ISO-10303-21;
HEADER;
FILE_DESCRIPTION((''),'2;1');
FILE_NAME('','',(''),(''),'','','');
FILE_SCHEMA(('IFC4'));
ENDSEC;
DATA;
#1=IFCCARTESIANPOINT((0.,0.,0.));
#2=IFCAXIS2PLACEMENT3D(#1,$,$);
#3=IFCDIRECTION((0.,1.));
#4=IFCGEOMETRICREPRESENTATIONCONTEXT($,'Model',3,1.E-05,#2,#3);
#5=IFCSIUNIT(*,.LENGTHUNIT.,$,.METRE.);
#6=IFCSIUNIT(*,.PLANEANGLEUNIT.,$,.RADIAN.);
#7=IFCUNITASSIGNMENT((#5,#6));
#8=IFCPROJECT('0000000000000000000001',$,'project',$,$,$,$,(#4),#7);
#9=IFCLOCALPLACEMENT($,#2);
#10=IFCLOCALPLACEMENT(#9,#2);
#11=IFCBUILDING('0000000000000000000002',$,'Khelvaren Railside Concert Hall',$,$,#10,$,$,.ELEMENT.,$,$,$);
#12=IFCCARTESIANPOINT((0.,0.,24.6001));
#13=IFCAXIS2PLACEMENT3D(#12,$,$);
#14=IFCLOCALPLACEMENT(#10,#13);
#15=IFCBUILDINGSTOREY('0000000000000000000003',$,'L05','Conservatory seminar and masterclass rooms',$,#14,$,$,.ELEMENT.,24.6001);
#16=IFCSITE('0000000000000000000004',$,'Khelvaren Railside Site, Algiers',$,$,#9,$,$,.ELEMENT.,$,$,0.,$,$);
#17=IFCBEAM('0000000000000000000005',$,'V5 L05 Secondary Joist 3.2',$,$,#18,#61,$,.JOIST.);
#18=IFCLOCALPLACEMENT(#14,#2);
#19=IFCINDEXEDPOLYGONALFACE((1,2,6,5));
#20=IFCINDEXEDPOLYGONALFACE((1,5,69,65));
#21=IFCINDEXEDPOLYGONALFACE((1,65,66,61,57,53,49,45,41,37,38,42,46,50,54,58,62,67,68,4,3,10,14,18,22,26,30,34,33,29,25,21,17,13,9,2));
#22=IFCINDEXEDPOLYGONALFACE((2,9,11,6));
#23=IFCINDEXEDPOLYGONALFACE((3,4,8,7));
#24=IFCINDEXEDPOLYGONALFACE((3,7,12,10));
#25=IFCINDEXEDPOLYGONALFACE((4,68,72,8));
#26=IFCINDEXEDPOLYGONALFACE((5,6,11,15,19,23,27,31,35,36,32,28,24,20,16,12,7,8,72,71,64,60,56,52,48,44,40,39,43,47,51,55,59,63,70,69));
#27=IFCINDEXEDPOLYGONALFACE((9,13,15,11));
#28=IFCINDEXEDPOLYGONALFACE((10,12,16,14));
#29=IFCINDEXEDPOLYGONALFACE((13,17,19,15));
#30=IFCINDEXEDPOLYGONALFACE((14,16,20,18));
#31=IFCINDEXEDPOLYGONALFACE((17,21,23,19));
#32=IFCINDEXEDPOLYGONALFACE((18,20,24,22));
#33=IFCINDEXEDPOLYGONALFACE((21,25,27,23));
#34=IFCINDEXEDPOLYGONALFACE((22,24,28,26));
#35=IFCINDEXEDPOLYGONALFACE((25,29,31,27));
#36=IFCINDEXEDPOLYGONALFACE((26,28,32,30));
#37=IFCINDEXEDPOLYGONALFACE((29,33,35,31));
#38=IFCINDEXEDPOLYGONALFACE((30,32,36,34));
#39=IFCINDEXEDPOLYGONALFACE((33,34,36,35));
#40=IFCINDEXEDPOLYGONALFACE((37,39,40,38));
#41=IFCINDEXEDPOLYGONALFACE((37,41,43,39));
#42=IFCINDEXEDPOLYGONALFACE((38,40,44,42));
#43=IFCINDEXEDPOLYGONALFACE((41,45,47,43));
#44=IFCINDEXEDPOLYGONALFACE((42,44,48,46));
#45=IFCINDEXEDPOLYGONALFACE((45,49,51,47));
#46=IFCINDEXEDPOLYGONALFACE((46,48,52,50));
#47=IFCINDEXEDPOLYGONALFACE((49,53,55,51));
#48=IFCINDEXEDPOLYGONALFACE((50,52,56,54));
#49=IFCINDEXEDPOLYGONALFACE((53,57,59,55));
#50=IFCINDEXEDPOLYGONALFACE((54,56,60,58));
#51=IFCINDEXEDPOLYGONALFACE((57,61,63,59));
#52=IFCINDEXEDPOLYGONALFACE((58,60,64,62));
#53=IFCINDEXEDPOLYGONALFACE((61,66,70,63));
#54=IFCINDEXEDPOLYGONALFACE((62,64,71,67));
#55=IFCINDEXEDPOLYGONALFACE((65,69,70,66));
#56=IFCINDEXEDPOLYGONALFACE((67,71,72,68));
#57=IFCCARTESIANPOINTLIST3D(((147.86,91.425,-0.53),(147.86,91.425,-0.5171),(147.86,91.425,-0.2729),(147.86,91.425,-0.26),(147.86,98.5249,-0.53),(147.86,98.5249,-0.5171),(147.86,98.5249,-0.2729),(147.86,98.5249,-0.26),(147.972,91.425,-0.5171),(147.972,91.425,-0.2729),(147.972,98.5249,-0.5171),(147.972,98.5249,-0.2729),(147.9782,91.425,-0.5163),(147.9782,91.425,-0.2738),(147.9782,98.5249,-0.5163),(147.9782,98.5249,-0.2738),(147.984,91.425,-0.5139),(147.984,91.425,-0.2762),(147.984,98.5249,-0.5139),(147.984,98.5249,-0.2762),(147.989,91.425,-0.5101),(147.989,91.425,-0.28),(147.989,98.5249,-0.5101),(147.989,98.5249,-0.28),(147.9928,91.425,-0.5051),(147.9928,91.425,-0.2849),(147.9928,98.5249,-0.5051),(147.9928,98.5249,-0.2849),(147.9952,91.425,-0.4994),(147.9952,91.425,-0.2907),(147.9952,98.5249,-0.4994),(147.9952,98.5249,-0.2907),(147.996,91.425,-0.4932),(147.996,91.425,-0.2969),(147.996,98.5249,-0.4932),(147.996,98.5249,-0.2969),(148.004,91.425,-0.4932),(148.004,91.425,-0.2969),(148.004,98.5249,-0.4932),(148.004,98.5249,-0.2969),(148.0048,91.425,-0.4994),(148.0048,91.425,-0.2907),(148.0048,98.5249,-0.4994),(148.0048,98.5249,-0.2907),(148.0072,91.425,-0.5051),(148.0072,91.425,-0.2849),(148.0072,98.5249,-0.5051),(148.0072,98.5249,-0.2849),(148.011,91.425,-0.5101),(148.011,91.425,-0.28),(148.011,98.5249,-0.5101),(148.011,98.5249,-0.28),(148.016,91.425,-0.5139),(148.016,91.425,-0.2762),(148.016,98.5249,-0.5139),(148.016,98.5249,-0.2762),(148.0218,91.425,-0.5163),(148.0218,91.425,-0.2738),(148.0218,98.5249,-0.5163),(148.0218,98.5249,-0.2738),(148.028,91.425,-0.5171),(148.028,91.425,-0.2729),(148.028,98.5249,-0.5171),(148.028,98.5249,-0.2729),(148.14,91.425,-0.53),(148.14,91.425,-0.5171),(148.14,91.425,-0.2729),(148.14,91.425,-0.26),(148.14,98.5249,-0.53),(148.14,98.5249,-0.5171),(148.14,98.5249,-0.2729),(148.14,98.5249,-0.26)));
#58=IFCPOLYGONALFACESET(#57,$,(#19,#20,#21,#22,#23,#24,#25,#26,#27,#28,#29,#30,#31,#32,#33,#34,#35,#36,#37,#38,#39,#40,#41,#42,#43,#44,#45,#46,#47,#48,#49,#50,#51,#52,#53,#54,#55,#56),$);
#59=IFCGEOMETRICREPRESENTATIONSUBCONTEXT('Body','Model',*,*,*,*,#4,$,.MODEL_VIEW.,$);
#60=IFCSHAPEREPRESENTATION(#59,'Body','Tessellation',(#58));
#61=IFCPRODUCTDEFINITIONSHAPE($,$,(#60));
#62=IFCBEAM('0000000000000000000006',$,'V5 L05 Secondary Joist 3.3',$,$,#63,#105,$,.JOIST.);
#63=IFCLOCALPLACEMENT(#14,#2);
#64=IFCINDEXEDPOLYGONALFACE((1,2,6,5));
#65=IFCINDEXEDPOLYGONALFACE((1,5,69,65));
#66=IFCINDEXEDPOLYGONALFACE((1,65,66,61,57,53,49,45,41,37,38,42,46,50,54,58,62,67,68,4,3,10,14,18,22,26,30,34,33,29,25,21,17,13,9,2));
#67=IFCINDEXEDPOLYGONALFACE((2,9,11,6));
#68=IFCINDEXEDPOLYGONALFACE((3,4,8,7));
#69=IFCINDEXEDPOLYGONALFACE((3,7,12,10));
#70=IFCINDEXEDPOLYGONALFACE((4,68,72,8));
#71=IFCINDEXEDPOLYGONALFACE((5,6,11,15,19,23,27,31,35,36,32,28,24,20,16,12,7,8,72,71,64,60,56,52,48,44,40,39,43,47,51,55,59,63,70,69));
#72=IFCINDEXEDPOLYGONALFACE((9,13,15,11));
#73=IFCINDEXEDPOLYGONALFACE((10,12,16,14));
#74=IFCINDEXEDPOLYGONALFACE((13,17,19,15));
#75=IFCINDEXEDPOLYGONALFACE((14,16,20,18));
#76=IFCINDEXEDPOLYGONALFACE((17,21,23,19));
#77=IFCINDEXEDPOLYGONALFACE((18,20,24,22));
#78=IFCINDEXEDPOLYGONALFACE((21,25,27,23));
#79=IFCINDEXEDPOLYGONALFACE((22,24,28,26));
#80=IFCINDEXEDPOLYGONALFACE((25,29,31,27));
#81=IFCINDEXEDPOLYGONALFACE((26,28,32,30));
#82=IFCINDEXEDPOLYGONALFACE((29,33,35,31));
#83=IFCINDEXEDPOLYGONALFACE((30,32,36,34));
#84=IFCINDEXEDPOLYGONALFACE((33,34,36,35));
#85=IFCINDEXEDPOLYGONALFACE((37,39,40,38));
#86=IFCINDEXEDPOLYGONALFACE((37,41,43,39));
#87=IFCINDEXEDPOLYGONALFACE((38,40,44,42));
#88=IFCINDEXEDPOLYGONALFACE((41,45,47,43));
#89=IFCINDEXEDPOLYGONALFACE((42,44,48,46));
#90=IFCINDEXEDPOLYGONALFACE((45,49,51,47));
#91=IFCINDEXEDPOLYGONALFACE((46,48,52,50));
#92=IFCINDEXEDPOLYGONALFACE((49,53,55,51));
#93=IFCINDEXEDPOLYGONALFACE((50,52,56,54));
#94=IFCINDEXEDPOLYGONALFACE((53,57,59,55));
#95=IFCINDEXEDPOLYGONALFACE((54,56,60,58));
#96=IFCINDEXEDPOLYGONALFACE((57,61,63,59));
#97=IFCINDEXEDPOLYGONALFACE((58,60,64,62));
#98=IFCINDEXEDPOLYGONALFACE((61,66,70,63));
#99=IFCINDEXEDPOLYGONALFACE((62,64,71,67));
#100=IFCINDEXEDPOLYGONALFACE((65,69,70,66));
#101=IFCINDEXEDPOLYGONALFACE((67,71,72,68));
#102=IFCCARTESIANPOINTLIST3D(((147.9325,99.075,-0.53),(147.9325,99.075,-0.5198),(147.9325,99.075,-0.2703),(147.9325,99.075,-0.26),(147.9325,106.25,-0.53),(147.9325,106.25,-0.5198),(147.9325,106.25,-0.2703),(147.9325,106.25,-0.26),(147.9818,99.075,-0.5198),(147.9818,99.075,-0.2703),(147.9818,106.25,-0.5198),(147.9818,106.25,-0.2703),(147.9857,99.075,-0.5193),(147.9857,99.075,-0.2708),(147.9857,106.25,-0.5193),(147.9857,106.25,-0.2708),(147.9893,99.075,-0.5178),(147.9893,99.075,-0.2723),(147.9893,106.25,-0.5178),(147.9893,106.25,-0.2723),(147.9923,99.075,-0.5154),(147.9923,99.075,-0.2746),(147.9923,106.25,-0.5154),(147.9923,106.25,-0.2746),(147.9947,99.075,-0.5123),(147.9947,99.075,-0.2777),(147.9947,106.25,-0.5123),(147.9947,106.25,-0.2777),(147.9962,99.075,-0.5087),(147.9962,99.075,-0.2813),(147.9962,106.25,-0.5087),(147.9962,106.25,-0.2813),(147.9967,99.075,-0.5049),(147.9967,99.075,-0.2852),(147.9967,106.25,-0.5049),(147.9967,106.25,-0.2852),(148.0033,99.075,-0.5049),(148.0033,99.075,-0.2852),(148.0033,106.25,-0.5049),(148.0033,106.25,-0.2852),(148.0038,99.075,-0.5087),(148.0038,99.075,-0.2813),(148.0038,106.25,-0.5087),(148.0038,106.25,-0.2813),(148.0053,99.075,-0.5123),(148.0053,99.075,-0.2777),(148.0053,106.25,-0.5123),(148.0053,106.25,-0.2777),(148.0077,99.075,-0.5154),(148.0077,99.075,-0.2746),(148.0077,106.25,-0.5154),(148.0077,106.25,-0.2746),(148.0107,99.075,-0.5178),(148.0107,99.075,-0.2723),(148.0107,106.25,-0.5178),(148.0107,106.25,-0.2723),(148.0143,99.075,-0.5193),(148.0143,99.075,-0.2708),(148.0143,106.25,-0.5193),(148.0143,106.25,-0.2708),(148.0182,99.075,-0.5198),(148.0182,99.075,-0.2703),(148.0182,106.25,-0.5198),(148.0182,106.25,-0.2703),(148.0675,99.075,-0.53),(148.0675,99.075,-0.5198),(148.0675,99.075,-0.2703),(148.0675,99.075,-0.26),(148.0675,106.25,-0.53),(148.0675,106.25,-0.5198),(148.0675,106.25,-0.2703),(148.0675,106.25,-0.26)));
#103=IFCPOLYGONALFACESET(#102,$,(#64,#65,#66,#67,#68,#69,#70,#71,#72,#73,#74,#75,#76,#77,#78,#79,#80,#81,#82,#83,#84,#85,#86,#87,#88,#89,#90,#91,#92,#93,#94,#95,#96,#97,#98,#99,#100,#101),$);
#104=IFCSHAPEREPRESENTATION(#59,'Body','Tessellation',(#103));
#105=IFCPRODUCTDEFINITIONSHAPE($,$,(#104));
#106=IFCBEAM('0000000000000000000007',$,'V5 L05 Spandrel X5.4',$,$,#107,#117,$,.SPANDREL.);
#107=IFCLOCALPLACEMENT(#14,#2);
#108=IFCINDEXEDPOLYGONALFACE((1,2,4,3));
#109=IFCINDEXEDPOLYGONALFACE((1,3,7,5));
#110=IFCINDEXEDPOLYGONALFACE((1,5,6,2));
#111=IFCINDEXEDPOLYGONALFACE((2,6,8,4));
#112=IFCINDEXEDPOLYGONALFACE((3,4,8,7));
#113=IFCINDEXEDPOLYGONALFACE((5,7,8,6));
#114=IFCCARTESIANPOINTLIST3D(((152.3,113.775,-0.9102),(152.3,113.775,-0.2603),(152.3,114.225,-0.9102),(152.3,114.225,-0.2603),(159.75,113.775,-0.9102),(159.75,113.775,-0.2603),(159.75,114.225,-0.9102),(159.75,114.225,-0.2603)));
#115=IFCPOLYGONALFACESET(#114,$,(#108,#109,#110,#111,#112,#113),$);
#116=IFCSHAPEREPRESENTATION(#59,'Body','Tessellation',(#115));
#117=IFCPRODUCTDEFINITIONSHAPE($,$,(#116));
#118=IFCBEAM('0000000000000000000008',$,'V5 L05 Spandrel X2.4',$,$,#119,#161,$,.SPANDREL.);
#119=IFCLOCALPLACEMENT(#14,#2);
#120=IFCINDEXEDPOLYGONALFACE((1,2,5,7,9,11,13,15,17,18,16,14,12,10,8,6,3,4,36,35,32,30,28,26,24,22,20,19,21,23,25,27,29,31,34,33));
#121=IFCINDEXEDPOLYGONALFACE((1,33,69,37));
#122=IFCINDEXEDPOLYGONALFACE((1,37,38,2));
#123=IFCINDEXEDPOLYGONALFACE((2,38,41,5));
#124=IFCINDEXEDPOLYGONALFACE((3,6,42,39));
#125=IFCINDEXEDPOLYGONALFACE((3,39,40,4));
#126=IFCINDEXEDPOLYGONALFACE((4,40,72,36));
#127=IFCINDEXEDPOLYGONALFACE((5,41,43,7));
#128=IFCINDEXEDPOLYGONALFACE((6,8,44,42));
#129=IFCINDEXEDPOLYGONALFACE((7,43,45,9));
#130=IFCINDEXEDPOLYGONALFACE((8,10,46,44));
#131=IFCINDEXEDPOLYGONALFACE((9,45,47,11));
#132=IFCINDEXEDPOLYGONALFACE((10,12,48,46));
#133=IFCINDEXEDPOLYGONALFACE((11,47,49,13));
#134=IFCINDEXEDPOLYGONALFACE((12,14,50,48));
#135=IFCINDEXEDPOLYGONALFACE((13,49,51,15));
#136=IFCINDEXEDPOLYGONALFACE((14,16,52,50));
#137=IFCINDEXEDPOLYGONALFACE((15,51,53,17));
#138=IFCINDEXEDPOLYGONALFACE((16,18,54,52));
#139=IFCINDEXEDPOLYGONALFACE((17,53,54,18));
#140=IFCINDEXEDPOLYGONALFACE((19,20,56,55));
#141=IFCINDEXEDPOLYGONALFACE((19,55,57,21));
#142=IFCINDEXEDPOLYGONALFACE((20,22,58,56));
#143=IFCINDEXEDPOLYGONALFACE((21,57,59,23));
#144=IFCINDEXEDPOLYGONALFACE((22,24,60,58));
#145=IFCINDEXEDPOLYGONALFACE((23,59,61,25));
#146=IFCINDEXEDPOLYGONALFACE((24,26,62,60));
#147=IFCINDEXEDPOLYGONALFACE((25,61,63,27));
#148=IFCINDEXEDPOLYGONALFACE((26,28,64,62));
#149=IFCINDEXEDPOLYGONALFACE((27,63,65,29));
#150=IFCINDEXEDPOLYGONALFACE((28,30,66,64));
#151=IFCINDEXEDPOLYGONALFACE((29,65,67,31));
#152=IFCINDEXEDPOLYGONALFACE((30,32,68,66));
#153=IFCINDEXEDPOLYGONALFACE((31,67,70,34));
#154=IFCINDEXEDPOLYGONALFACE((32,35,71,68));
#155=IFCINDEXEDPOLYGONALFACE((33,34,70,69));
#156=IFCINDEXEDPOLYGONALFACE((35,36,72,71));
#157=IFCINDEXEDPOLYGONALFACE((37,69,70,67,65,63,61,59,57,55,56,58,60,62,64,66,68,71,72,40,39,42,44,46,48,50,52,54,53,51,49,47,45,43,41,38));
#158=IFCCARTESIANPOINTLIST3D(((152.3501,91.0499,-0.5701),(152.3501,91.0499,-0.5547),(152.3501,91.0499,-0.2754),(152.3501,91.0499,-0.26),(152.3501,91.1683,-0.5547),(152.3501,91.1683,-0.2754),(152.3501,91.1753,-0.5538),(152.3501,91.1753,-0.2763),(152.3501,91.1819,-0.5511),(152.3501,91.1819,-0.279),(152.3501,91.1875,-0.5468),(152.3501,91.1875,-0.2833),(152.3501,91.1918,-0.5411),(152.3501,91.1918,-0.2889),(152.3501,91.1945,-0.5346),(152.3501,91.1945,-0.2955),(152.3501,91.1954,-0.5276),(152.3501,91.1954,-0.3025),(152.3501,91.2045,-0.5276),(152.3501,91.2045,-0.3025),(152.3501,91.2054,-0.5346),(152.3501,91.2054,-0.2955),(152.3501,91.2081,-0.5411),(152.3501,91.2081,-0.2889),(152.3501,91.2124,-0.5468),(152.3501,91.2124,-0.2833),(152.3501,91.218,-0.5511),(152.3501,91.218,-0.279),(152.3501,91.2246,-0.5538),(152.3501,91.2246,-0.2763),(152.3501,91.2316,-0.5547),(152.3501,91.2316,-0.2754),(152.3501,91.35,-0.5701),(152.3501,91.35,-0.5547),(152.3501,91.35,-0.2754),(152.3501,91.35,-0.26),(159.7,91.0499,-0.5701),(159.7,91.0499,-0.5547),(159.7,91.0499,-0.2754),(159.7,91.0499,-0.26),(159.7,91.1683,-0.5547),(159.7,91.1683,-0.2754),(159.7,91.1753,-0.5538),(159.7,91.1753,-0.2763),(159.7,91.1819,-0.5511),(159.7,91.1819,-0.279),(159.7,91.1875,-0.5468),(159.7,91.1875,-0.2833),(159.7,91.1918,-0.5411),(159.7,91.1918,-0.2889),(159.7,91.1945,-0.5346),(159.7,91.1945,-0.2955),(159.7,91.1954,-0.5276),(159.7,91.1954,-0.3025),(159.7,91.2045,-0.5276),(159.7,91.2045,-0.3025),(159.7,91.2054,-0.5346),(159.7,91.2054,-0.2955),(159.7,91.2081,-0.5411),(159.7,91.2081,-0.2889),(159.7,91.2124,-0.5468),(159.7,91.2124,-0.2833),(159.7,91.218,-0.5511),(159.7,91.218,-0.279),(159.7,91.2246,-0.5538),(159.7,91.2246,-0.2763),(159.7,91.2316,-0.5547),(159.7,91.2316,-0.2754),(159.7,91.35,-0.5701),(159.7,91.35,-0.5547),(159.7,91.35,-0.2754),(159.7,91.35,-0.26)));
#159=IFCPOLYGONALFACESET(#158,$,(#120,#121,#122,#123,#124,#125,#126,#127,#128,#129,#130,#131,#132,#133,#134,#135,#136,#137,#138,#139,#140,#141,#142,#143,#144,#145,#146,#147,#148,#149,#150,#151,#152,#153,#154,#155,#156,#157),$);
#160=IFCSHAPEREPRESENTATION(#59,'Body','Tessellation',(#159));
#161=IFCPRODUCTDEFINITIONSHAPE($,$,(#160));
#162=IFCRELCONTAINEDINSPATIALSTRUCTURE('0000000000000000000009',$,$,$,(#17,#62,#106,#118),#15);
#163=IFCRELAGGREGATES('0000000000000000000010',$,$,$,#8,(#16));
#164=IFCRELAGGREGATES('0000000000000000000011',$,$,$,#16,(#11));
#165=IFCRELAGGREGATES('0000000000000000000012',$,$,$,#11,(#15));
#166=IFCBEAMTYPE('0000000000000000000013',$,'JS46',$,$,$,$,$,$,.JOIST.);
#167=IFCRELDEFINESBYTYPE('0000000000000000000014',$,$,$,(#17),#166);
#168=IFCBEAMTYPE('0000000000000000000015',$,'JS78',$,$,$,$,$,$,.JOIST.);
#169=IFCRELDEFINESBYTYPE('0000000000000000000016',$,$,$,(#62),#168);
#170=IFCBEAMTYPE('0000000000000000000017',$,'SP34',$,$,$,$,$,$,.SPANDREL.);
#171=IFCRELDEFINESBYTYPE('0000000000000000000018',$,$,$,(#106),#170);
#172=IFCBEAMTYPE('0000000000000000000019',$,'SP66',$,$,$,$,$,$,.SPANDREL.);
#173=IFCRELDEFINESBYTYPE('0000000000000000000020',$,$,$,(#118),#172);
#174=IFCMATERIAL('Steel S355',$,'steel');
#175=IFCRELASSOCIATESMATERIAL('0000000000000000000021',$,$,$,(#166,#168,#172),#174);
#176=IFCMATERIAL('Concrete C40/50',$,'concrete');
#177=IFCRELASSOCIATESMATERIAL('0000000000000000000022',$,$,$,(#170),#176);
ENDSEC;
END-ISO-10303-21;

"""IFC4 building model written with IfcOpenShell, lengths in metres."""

from ifc_helpers import new_model, si_unit, direction, frame, origin, origin_2d, place, context, subcontext, project, spatial, rectangle, i_section, extrude, material, material_profile, profile_set, type_object, element, save


model = new_model("IFC4")

# Units and contexts
model_context = context("Model", 3, precision=1e-05, world=origin(), true_north=direction((0.0, 1.0)))
body_context = subcontext(model_context, "Body", "Model", "MODEL_VIEW")
ifc_project = project(units=[si_unit("LENGTHUNIT", "METRE"), si_unit("PLANEANGLEUNIT", "RADIAN")], contexts=[model_context])

# Site, building, storey
site_placement = place(None, origin())
site = spatial("IfcSite", under=ifc_project, at=site_placement, Name="Khelvaren Railside Site, Algiers", CompositionType="ELEMENT", RefElevation=0.0)
building_placement = place(site_placement, origin())
building = spatial("IfcBuilding", under=site, at=building_placement, Name="Khelvaren Railside Concert Hall", CompositionType="ELEMENT")
storey_placement = place(building_placement, frame((0.0, 0.0, 24.6001)))
storey = spatial("IfcBuildingStorey", under=building, at=storey_placement, Name="L05", Description="Conservatory seminar and masterclass rooms", CompositionType="ELEMENT", Elevation=24.6001)

# Shared definitions
ifc_material_1 = material(Name="Steel S355", Category="steel")
ifc_material_2 = material(Name="Concrete C40/50", Category="concrete")

# Beams
ifc_material_profile_1 = material_profile(ifc_material_1, i_section(OverallWidth=0.28, OverallDepth=0.27, WebThickness=0.0081, FlangeThickness=0.0129, FilletRadius=0.0239, at=origin_2d()), Name="HEA 280")
ifc_profile_set_1 = profile_set([ifc_material_profile_1], Name="Steel S355")
beam_type_1 = type_object("IfcBeamType", Name="JS46", PredefinedType="JOIST", material=ifc_profile_set_1)
beam_1_placement = place(storey_placement, frame((148.0, 91.425, -0.395), z_axis=(0.0, 1.0, 0.0), x_axis=(-1.0, 0.0, 0.0)))
element("IfcBeam", 1, at=beam_1_placement, inside=storey, type_object=beam_type_1, Name="V5 L05 Secondary Joist 3.2", PredefinedType="JOIST", context=body_context, shape_type="SweptSolid", body=[
    extrude(i_section(OverallWidth=0.28, OverallDepth=0.27, WebThickness=0.0081, FlangeThickness=0.0129, FilletRadius=0.0239, at=origin_2d()), origin(), (0.0, 0.0, 1.0), 7.0999),
])
ifc_material_profile_2 = material_profile(ifc_material_1, i_section(OverallWidth=0.135, OverallDepth=0.27, WebThickness=0.0066, FlangeThickness=0.0103, FilletRadius=0.0149, at=origin_2d()), Name="IPE 270")
ifc_profile_set_2 = profile_set([ifc_material_profile_2], Name="Steel S355")
beam_type_2 = type_object("IfcBeamType", Name="JS78", PredefinedType="JOIST", material=ifc_profile_set_2)
beam_2_placement = place(storey_placement, frame((148.0, 99.075, -0.395), z_axis=(0.0, 1.0, 0.0), x_axis=(-1.0, 0.0, 0.0)))
element("IfcBeam", 2, at=beam_2_placement, inside=storey, type_object=beam_type_2, Name="V5 L05 Secondary Joist 3.3", PredefinedType="JOIST", context=body_context, shape_type="SweptSolid", body=[
    extrude(i_section(OverallWidth=0.135, OverallDepth=0.27, WebThickness=0.0066, FlangeThickness=0.0103, FilletRadius=0.0149, at=origin_2d()), origin(), (0.0, 0.0, 1.0), 7.175),
])
ifc_material_profile_3 = material_profile(ifc_material_2, rectangle(XDim=0.45, YDim=0.6499, at=origin_2d()), Name="RCB 450x650")
ifc_profile_set_3 = profile_set([ifc_material_profile_3], Name="Concrete C40/50")
beam_type_3 = type_object("IfcBeamType", Name="SP34", PredefinedType="SPANDREL", material=ifc_profile_set_3)
beam_3_placement = place(storey_placement, frame((152.3, 114.0, -0.5852), z_axis=(1.0, 0.0, 0.0), x_axis=(0.0, 1.0, 0.0)))
element("IfcBeam", 3, at=beam_3_placement, inside=storey, type_object=beam_type_3, Name="V5 L05 Spandrel X5.4", PredefinedType="SPANDREL", context=body_context, shape_type="SweptSolid", body=[
    extrude(rectangle(XDim=0.45, YDim=0.6499, at=origin_2d()), origin(), (0.0, 0.0, 1.0), 7.45),
])
ifc_material_profile_4 = material_profile(ifc_material_1, i_section(OverallWidth=0.3, OverallDepth=0.3101, WebThickness=0.009, FlangeThickness=0.0154, FilletRadius=0.0271, at=origin_2d()), Name="HEA 320")
ifc_profile_set_4 = profile_set([ifc_material_profile_4], Name="Steel S355")
beam_type_4 = type_object("IfcBeamType", Name="SP66", PredefinedType="SPANDREL", material=ifc_profile_set_4)
beam_4_placement = place(storey_placement, frame((152.3501, 91.2, -0.415), z_axis=(1.0, 0.0, 0.0), x_axis=(0.0, 1.0, 0.0)))
element("IfcBeam", 4, at=beam_4_placement, inside=storey, type_object=beam_type_4, Name="V5 L05 Spandrel X2.4", PredefinedType="SPANDREL", context=body_context, shape_type="SweptSolid", body=[
    extrude(i_section(OverallWidth=0.3, OverallDepth=0.3101, WebThickness=0.009, FlangeThickness=0.0154, FilletRadius=0.0271, at=origin_2d()), origin(), (0.0, 0.0, 1.0), 7.3499),
])

save(model, "model.ifc")
